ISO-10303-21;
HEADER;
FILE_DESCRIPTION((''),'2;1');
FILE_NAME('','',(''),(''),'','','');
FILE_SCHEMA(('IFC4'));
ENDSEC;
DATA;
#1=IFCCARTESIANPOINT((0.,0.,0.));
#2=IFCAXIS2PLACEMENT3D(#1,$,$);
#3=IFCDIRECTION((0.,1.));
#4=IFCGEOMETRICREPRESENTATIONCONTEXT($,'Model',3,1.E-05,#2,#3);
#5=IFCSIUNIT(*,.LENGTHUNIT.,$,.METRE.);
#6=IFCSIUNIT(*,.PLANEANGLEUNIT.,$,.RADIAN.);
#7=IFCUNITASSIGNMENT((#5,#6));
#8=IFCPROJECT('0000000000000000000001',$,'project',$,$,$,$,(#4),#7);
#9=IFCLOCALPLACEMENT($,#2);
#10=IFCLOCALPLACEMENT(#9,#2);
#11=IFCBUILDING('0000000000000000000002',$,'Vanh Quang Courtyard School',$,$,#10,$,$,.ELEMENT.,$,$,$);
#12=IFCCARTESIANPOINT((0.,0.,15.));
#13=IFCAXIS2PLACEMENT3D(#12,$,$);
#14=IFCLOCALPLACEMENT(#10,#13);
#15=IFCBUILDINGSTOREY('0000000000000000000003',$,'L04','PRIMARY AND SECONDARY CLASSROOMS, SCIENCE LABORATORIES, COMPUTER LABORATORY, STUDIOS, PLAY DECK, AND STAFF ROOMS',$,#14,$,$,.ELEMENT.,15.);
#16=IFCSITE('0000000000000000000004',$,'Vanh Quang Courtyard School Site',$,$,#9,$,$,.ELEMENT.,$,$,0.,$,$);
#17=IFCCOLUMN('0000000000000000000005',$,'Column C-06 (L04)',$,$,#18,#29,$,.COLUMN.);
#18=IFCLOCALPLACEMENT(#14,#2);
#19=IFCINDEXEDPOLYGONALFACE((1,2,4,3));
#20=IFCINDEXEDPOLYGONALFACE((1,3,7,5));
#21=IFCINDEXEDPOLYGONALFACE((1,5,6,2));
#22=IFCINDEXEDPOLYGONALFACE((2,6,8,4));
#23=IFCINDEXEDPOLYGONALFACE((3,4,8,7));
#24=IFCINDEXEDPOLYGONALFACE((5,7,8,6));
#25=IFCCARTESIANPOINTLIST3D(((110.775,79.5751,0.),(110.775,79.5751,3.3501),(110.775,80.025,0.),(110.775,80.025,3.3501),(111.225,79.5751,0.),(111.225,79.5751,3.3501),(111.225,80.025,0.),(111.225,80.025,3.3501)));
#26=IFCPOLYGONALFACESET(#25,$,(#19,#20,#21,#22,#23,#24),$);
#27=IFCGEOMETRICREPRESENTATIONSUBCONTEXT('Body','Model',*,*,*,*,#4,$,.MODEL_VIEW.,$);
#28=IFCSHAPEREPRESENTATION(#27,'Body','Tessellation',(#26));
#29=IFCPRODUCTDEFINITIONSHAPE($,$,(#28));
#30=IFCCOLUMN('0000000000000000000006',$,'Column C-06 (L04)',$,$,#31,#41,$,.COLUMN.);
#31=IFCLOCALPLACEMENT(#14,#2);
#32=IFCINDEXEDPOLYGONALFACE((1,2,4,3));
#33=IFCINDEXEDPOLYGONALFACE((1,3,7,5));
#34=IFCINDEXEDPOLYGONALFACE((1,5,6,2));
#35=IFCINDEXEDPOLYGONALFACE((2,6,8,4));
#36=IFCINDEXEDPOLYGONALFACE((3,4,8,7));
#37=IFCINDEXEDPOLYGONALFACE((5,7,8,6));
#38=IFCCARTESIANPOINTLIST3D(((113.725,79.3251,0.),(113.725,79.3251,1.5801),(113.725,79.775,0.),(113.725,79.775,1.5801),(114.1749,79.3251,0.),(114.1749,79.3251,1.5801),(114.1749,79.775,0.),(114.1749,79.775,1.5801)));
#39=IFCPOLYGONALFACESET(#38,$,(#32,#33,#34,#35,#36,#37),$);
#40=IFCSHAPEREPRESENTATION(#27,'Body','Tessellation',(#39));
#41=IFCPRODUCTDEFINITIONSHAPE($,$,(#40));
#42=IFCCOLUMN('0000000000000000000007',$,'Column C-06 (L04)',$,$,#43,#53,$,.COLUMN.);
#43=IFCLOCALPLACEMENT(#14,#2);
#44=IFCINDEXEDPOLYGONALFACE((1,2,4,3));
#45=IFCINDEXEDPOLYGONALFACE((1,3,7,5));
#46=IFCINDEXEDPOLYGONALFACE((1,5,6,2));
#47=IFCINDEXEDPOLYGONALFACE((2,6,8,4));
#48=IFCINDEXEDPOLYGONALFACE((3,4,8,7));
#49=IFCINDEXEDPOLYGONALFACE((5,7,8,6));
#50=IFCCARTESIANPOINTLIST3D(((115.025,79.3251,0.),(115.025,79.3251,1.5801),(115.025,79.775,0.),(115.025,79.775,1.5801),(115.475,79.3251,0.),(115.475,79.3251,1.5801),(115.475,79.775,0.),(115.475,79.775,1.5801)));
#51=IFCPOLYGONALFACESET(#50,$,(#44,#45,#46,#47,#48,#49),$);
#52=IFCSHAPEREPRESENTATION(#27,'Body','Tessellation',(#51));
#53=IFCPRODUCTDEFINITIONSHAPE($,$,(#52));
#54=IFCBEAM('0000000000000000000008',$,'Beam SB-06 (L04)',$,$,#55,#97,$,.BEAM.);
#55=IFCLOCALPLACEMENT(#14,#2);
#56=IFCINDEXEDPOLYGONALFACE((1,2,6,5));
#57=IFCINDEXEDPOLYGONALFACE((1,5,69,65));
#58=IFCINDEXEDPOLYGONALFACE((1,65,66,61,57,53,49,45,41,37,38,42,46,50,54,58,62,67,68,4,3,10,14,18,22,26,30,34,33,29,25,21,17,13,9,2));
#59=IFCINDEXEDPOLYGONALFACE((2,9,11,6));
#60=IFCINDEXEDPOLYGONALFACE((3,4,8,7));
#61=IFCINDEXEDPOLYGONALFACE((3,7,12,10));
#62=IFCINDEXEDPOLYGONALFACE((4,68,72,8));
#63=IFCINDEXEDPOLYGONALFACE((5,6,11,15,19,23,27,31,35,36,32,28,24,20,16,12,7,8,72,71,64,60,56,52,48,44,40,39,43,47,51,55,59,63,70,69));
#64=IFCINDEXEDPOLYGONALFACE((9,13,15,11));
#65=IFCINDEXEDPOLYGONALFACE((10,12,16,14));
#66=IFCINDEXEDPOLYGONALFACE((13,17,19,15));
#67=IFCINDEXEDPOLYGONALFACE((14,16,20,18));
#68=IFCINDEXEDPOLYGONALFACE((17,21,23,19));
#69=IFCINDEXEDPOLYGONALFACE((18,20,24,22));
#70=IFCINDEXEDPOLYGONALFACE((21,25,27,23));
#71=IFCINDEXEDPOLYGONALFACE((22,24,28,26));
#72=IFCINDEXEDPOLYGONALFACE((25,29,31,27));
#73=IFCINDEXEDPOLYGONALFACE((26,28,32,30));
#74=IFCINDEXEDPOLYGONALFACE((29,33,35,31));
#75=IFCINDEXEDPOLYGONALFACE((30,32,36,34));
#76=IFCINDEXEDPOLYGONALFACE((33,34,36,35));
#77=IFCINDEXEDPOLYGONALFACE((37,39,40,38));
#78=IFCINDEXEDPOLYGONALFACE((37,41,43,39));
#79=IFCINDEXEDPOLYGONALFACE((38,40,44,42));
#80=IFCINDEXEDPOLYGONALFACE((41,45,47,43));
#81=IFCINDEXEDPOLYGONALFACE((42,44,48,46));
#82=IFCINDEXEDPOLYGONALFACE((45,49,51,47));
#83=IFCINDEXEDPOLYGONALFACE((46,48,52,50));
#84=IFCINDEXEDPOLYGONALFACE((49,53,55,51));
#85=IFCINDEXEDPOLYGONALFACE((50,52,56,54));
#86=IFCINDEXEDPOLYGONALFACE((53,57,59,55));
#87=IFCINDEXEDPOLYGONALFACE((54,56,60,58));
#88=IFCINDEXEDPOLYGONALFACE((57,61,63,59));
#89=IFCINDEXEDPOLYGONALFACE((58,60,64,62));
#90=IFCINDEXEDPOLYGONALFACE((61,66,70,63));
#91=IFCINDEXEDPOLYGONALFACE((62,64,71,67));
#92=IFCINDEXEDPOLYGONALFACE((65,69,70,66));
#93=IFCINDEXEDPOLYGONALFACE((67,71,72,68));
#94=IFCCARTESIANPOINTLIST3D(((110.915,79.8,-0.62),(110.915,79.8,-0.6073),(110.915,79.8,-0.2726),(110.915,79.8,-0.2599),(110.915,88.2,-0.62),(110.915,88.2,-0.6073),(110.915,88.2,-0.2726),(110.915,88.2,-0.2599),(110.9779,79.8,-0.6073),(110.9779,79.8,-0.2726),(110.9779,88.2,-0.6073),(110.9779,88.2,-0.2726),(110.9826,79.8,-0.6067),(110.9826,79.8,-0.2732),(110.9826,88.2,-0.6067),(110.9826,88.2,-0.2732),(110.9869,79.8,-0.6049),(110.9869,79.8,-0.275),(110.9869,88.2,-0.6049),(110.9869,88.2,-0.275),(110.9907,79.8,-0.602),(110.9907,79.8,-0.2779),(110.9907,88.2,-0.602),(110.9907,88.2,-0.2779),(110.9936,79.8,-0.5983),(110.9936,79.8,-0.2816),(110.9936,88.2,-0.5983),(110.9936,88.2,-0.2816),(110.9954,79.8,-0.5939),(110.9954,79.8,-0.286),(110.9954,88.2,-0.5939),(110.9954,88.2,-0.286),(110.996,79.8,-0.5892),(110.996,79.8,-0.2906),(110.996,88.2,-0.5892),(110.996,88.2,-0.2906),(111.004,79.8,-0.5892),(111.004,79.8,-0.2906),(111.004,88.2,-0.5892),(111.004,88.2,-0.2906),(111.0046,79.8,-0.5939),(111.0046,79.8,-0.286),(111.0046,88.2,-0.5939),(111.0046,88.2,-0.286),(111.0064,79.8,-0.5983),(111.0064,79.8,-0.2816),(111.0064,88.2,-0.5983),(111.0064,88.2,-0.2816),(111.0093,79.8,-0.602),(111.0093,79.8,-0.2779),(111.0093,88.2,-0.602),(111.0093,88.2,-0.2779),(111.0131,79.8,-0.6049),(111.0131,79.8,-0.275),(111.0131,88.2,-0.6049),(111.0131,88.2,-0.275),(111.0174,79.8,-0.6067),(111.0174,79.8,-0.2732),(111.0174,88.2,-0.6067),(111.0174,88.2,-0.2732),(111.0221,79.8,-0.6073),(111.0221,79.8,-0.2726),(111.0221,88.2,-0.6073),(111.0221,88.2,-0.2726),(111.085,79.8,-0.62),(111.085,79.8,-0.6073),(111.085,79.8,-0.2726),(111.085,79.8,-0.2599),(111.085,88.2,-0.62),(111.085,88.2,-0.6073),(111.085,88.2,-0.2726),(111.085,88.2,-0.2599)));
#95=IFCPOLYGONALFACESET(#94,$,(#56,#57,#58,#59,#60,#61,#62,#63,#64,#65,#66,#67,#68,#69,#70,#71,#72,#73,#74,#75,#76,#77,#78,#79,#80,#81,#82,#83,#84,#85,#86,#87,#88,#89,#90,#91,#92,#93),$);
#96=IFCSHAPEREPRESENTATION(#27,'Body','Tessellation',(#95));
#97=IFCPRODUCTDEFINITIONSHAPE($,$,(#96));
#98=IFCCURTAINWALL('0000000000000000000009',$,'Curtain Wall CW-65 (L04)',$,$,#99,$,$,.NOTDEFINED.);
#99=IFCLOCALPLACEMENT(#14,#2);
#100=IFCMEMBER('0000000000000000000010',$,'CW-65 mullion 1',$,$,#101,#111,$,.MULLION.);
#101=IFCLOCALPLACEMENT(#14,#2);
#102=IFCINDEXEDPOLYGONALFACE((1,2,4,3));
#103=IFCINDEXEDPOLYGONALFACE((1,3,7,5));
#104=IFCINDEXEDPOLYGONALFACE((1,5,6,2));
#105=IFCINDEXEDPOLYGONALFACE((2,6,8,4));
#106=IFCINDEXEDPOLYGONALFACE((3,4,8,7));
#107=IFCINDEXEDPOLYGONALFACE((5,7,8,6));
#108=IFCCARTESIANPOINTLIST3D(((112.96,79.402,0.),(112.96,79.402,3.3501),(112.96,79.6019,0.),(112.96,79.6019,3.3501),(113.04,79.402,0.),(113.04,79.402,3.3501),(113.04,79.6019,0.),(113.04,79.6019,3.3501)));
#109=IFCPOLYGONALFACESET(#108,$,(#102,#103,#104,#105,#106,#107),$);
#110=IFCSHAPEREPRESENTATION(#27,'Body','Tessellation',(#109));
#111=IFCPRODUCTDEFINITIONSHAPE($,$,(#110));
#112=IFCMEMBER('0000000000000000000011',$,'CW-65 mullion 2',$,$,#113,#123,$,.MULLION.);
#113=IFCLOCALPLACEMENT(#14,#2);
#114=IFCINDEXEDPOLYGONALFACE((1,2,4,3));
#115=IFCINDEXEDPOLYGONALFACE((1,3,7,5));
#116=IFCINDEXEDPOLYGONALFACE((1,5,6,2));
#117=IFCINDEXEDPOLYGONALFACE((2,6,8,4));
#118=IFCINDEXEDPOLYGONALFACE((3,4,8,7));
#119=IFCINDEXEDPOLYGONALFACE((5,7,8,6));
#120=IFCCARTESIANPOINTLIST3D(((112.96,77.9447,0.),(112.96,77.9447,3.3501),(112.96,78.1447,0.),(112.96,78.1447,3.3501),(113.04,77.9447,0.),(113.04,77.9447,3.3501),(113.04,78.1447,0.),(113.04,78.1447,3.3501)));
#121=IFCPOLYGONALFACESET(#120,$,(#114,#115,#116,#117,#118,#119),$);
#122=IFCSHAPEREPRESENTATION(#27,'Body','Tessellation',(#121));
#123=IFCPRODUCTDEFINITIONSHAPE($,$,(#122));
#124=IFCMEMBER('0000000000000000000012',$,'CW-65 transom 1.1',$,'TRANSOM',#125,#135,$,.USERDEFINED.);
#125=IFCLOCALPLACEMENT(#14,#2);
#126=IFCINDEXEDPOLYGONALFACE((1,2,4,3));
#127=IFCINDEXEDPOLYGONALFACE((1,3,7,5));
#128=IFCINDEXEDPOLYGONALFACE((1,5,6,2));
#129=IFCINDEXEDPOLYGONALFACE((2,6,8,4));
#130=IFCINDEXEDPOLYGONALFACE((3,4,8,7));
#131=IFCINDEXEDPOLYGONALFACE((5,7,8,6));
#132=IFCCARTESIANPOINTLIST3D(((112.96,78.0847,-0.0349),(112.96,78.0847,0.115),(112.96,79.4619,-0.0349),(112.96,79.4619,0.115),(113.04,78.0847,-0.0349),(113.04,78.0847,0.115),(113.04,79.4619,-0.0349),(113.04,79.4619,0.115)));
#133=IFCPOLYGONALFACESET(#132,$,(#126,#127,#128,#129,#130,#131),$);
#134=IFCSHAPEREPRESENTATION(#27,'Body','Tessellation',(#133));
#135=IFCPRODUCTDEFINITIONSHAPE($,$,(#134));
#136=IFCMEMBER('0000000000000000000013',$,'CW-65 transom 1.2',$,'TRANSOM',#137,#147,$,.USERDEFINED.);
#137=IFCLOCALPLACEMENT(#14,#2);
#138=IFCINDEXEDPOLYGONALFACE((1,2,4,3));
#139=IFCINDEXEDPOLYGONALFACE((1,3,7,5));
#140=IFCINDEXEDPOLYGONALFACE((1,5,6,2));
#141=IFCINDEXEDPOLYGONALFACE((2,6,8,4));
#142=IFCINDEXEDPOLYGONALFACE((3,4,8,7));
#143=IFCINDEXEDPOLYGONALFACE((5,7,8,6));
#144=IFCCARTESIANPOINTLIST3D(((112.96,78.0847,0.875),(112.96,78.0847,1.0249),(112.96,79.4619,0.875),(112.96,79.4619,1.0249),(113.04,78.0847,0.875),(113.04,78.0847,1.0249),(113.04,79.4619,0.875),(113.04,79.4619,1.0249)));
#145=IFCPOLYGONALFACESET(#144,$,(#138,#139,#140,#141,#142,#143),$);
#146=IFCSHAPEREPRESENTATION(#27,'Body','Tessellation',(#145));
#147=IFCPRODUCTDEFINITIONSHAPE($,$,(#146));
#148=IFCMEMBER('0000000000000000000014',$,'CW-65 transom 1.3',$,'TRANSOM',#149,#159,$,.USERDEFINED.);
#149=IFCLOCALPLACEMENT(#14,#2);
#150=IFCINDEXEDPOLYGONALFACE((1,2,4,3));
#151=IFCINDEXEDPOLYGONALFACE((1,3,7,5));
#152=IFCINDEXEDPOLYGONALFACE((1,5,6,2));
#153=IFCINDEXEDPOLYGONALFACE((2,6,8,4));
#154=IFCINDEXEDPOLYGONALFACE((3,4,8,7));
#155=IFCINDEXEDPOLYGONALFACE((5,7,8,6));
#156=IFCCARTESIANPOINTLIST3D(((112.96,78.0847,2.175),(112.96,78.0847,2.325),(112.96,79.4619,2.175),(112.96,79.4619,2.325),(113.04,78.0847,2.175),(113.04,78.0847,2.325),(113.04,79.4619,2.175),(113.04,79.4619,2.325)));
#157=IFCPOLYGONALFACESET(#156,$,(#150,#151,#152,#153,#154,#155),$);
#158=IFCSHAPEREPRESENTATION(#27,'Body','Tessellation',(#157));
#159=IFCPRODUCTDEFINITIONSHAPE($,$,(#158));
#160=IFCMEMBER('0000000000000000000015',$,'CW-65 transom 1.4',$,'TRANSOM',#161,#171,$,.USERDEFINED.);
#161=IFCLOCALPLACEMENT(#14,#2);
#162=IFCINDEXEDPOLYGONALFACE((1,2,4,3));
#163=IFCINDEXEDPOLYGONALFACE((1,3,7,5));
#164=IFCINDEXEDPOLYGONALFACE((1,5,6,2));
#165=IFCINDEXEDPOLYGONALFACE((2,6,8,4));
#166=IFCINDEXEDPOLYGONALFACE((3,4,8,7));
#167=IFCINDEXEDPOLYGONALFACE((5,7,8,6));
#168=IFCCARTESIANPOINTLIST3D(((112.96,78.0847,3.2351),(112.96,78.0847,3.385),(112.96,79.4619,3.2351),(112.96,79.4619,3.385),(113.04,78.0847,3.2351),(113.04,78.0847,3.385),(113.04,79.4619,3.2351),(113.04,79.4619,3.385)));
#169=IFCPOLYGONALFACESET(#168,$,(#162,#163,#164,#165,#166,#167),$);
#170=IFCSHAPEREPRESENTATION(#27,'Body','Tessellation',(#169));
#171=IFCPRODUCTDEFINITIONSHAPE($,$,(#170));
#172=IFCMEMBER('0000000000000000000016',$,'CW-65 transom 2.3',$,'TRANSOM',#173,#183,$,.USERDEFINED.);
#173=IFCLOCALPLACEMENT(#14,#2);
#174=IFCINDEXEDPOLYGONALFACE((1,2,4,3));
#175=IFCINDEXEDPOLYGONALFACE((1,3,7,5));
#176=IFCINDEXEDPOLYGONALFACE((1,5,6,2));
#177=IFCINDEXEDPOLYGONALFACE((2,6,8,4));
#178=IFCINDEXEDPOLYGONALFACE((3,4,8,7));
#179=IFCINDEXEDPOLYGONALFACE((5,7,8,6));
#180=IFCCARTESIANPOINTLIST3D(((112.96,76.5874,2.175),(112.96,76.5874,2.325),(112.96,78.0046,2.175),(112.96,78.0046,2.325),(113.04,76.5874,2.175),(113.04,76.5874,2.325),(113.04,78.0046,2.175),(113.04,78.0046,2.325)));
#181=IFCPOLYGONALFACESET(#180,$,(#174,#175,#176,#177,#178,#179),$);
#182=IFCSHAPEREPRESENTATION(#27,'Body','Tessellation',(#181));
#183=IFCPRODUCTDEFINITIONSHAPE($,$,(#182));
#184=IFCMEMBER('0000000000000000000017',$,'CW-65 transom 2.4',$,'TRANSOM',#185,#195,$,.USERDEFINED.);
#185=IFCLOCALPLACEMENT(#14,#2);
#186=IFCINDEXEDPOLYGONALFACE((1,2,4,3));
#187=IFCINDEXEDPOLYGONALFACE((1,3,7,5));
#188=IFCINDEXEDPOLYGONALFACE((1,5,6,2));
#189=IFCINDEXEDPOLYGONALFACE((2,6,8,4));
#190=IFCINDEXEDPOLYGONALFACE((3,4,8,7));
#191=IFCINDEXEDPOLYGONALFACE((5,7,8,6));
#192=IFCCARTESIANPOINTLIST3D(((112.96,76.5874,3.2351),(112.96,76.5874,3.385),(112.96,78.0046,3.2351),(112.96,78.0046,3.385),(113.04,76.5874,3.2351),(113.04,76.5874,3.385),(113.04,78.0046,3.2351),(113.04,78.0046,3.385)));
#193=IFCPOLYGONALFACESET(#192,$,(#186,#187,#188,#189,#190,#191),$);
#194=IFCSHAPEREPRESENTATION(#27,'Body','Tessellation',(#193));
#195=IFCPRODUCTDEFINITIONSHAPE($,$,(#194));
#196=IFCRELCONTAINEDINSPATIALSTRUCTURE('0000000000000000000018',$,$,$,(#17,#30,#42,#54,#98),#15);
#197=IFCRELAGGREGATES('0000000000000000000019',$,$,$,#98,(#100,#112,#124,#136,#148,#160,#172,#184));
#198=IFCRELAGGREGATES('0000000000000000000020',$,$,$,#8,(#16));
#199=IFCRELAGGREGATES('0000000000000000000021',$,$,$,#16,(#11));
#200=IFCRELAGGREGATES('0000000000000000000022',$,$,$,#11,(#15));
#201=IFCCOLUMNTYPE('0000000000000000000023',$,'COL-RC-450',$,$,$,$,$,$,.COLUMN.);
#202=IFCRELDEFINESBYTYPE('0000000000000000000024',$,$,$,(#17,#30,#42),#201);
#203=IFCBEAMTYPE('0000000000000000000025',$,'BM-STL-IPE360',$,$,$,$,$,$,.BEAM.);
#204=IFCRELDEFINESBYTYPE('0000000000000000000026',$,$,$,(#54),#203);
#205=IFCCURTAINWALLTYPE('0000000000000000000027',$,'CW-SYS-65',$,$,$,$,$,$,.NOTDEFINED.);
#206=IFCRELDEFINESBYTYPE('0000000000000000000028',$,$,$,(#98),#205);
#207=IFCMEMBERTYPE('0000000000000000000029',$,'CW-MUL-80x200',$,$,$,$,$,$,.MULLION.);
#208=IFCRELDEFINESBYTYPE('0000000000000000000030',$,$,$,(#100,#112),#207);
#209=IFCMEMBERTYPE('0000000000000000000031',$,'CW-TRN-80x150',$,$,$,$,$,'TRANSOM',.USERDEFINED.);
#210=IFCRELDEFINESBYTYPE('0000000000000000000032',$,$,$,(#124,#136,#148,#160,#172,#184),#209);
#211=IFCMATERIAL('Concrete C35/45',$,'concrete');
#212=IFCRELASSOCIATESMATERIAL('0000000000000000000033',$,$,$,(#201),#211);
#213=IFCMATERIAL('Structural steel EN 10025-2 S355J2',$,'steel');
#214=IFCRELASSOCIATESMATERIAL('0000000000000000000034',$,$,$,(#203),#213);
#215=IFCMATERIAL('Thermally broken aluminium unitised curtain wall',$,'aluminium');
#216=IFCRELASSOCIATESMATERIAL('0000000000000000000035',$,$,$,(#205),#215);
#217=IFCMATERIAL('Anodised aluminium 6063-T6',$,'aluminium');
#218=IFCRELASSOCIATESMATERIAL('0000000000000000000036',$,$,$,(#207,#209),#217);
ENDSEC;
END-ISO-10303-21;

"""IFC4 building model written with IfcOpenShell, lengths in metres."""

from ifc_helpers import new_model, si_unit, direction, frame, origin, origin_2d, place, context, subcontext, project, spatial, rectangle, i_section, extrude, material, material_profile, profile_set, type_object, element, aggregate, save


model = new_model("IFC4")

# Units and contexts
model_context = context("Model", 3, precision=1e-05, world=origin(), true_north=direction((0.0, 1.0)))
body_context = subcontext(model_context, "Body", "Model", "MODEL_VIEW")
ifc_project = project(units=[si_unit("LENGTHUNIT", "METRE"), si_unit("PLANEANGLEUNIT", "RADIAN")], contexts=[model_context])

# Site, building, storey
site_placement = place(None, origin())
site = spatial("IfcSite", under=ifc_project, at=site_placement, Name="Vanh Quang Courtyard School Site", CompositionType="ELEMENT", RefElevation=0.0)
building_placement = place(site_placement, origin())
building = spatial("IfcBuilding", under=site, at=building_placement, Name="Vanh Quang Courtyard School", CompositionType="ELEMENT")
storey_placement = place(building_placement, frame((0.0, 0.0, 15.0)))
storey = spatial("IfcBuildingStorey", under=building, at=storey_placement, Name="L04", Description="PRIMARY AND SECONDARY CLASSROOMS, SCIENCE LABORATORIES, COMPUTER LABORATORY, STUDIOS, PLAY DECK, AND STAFF ROOMS", CompositionType="ELEMENT", Elevation=15.0)

# Columns
ifc_material_1 = material(Name="Concrete C35/45", Category="concrete")
ifc_material_profile_1 = material_profile(ifc_material_1, rectangle(XDim=0.45, YDim=0.45, at=origin_2d()), Name="RC-COL 450x450")
ifc_profile_set_1 = profile_set([ifc_material_profile_1], Name="Concrete C35/45")
column_type = type_object("IfcColumnType", Name="COL-RC-450", PredefinedType="COLUMN", material=ifc_profile_set_1)
column_placement = place(storey_placement, frame((111.0, 79.8, 0.0), z_axis=(0.0, 0.0, 1.0), x_axis=(1.0, 0.0, 0.0)))
element("IfcColumn", 1, at=column_placement, inside=storey, type_object=column_type, Name="Column C-06 (L04)", PredefinedType="COLUMN", context=body_context, shape_type="SweptSolid", body=[
    extrude(rectangle(XDim=0.45, YDim=0.45, at=origin_2d()), origin(), (0.0, 0.0, 1.0), 3.3501),
])
for number, where, z_axis, x_axis, name in (
    (2, (113.95, 79.55, 0.0), (0.0, 0.0, 1.0), (1.0, 0.0, 0.0), "Column C-06 (L04)"),
    (3, (115.25, 79.55, 0.0), (0.0, 0.0, 1.0), (1.0, 0.0, 0.0), "Column C-06 (L04)"),
):
    element("IfcColumn", number, at=place(storey_placement, frame(where, z_axis=z_axis, x_axis=x_axis)), inside=storey, type_object=column_type, Name=name, PredefinedType="COLUMN", context=body_context, shape_type="SweptSolid", body=[
        extrude(rectangle(XDim=0.45, YDim=0.45, at=origin_2d()), origin(), (0.0, 0.0, 1.0), 1.5801),
    ])

# Beam
ifc_material_2 = material(Name="Structural steel EN 10025-2 S355J2", Category="steel")
ifc_material_profile_2 = material_profile(ifc_material_2, i_section(OverallWidth=0.1699, OverallDepth=0.3601, WebThickness=0.0081, FlangeThickness=0.0127, FilletRadius=0.0181, at=origin_2d()), Name="IPE 360")
ifc_profile_set_2 = profile_set([ifc_material_profile_2], Name="Structural steel EN 10025-2 S355J2")
beam_type = type_object("IfcBeamType", Name="BM-STL-IPE360", PredefinedType="BEAM", material=ifc_profile_set_2)
beam_placement = place(storey_placement, frame((111.0, 79.8, -0.4399), z_axis=(0.0, 1.0, 0.0), x_axis=(-1.0, 0.0, 0.0)))
element("IfcBeam", 4, at=beam_placement, inside=storey, type_object=beam_type, Name="Beam SB-06 (L04)", PredefinedType="BEAM", context=body_context, shape_type="SweptSolid", body=[
    extrude(i_section(OverallWidth=0.1699, OverallDepth=0.3601, WebThickness=0.0081, FlangeThickness=0.0127, FilletRadius=0.0181, at=origin_2d()), origin(), (0.0, 0.0, 1.0), 8.3999),
])

# Curtain wall, members
ifc_material_3 = material(Name="Thermally broken aluminium unitised curtain wall", Category="aluminium")
curtain_wall_type = type_object("IfcCurtainWallType", Name="CW-SYS-65", PredefinedType="NOTDEFINED", material=ifc_material_3)
curtain_wall_placement = place(storey_placement, origin())
curtain_wall = element("IfcCurtainWall", 5, at=curtain_wall_placement, inside=storey, type_object=curtain_wall_type, Name="Curtain Wall CW-65 (L04)", PredefinedType="NOTDEFINED")
ifc_material_4 = material(Name="Anodised aluminium 6063-T6", Category="aluminium")
ifc_material_profile_3 = material_profile(ifc_material_4, rectangle(XDim=0.0801, YDim=0.2, at=origin_2d()), Name="ALU-MUL 80x200")
ifc_profile_set_3 = profile_set([ifc_material_profile_3], Name="Anodised aluminium 6063-T6")
member_type_1 = type_object("IfcMemberType", Name="CW-MUL-80x200", PredefinedType="MULLION", material=ifc_profile_set_3)
member_1_placement = place(storey_placement, frame((113.0, 79.502, 0.0), z_axis=(0.0, 0.0, 1.0), x_axis=(1.0, 0.0, 0.0)))
member_1 = element("IfcMember", 6, at=member_1_placement, type_object=member_type_1, Name="CW-65 mullion 1", PredefinedType="MULLION", context=body_context, shape_type="SweptSolid", body=[
    extrude(rectangle(XDim=0.0801, YDim=0.2, at=origin_2d()), origin(), (0.0, 0.0, 1.0), 3.3501),
])
member_2_placement = place(storey_placement, frame((113.0, 78.0447, 0.0), z_axis=(0.0, 0.0, 1.0), x_axis=(1.0, 0.0, 0.0)))
member_2 = element("IfcMember", 7, at=member_2_placement, type_object=member_type_1, Name="CW-65 mullion 2", PredefinedType="MULLION", context=body_context, shape_type="SweptSolid", body=[
    extrude(rectangle(XDim=0.0801, YDim=0.2, at=origin_2d()), origin(), (0.0, 0.0, 1.0), 3.3501),
])
ifc_material_profile_4 = material_profile(ifc_material_4, rectangle(XDim=0.0801, YDim=0.1499, at=origin_2d()), Name="ALU-TRN 80x150")
ifc_profile_set_4 = profile_set([ifc_material_profile_4], Name="Anodised aluminium 6063-T6")
member_type_2 = type_object("IfcMemberType", Name="CW-TRN-80x150", ElementType="TRANSOM", PredefinedType="USERDEFINED", material=ifc_profile_set_4)
member_3_placement = place(storey_placement, frame((113.0, 79.4619, 0.04), z_axis=(0.0, -1.0, 0.0), x_axis=(1.0, 0.0, 0.0)))
member_3 = element("IfcMember", 8, at=member_3_placement, type_object=member_type_2, Name="CW-65 transom 1.1", ObjectType="TRANSOM", PredefinedType="USERDEFINED", context=body_context, shape_type="SweptSolid", body=[
    extrude(rectangle(XDim=0.0801, YDim=0.1499, at=origin_2d()), origin(), (0.0, 0.0, 1.0), 1.3772),
])
member_4_placement = place(storey_placement, frame((113.0, 79.4619, 0.95), z_axis=(0.0, -1.0, 0.0), x_axis=(1.0, 0.0, 0.0)))
member_4 = element("IfcMember", 9, at=member_4_placement, type_object=member_type_2, Name="CW-65 transom 1.2", ObjectType="TRANSOM", PredefinedType="USERDEFINED", context=body_context, shape_type="SweptSolid", body=[
    extrude(rectangle(XDim=0.0801, YDim=0.1499, at=origin_2d()), origin(), (0.0, 0.0, 1.0), 1.3772),
])
member_5_placement = place(storey_placement, frame((113.0, 79.4619, 2.25), z_axis=(0.0, -1.0, 0.0), x_axis=(1.0, 0.0, 0.0)))
member_5 = element("IfcMember", 10, at=member_5_placement, type_object=member_type_2, Name="CW-65 transom 1.3", ObjectType="TRANSOM", PredefinedType="USERDEFINED", context=body_context, shape_type="SweptSolid", body=[
    extrude(rectangle(XDim=0.0801, YDim=0.1499, at=origin_2d()), origin(), (0.0, 0.0, 1.0), 1.3772),
])
member_6_placement = place(storey_placement, frame((113.0, 79.4619, 3.3101), z_axis=(0.0, -1.0, 0.0), x_axis=(1.0, 0.0, 0.0)))
member_6 = element("IfcMember", 11, at=member_6_placement, type_object=member_type_2, Name="CW-65 transom 1.4", ObjectType="TRANSOM", PredefinedType="USERDEFINED", context=body_context, shape_type="SweptSolid", body=[
    extrude(rectangle(XDim=0.0801, YDim=0.1499, at=origin_2d()), origin(), (0.0, 0.0, 1.0), 1.3772),
])
member_7_placement = place(storey_placement, frame((113.0, 78.0046, 2.25), z_axis=(0.0, -1.0, 0.0), x_axis=(1.0, 0.0, 0.0)))
member_7 = element("IfcMember", 12, at=member_7_placement, type_object=member_type_2, Name="CW-65 transom 2.3", ObjectType="TRANSOM", PredefinedType="USERDEFINED", context=body_context, shape_type="SweptSolid", body=[
    extrude(rectangle(XDim=0.0801, YDim=0.1499, at=origin_2d()), origin(), (0.0, 0.0, 1.0), 1.4172),
])
member_8_placement = place(storey_placement, frame((113.0, 78.0046, 3.3101), z_axis=(0.0, -1.0, 0.0), x_axis=(1.0, 0.0, 0.0)))
member_8 = element("IfcMember", 13, at=member_8_placement, type_object=member_type_2, Name="CW-65 transom 2.4", ObjectType="TRANSOM", PredefinedType="USERDEFINED", context=body_context, shape_type="SweptSolid", body=[
    extrude(rectangle(XDim=0.0801, YDim=0.1499, at=origin_2d()), origin(), (0.0, 0.0, 1.0), 1.4172),
])
aggregate(curtain_wall, [member_1, member_2, member_3, member_4, member_5, member_6, member_7, member_8])

save(model, "model.ifc")
